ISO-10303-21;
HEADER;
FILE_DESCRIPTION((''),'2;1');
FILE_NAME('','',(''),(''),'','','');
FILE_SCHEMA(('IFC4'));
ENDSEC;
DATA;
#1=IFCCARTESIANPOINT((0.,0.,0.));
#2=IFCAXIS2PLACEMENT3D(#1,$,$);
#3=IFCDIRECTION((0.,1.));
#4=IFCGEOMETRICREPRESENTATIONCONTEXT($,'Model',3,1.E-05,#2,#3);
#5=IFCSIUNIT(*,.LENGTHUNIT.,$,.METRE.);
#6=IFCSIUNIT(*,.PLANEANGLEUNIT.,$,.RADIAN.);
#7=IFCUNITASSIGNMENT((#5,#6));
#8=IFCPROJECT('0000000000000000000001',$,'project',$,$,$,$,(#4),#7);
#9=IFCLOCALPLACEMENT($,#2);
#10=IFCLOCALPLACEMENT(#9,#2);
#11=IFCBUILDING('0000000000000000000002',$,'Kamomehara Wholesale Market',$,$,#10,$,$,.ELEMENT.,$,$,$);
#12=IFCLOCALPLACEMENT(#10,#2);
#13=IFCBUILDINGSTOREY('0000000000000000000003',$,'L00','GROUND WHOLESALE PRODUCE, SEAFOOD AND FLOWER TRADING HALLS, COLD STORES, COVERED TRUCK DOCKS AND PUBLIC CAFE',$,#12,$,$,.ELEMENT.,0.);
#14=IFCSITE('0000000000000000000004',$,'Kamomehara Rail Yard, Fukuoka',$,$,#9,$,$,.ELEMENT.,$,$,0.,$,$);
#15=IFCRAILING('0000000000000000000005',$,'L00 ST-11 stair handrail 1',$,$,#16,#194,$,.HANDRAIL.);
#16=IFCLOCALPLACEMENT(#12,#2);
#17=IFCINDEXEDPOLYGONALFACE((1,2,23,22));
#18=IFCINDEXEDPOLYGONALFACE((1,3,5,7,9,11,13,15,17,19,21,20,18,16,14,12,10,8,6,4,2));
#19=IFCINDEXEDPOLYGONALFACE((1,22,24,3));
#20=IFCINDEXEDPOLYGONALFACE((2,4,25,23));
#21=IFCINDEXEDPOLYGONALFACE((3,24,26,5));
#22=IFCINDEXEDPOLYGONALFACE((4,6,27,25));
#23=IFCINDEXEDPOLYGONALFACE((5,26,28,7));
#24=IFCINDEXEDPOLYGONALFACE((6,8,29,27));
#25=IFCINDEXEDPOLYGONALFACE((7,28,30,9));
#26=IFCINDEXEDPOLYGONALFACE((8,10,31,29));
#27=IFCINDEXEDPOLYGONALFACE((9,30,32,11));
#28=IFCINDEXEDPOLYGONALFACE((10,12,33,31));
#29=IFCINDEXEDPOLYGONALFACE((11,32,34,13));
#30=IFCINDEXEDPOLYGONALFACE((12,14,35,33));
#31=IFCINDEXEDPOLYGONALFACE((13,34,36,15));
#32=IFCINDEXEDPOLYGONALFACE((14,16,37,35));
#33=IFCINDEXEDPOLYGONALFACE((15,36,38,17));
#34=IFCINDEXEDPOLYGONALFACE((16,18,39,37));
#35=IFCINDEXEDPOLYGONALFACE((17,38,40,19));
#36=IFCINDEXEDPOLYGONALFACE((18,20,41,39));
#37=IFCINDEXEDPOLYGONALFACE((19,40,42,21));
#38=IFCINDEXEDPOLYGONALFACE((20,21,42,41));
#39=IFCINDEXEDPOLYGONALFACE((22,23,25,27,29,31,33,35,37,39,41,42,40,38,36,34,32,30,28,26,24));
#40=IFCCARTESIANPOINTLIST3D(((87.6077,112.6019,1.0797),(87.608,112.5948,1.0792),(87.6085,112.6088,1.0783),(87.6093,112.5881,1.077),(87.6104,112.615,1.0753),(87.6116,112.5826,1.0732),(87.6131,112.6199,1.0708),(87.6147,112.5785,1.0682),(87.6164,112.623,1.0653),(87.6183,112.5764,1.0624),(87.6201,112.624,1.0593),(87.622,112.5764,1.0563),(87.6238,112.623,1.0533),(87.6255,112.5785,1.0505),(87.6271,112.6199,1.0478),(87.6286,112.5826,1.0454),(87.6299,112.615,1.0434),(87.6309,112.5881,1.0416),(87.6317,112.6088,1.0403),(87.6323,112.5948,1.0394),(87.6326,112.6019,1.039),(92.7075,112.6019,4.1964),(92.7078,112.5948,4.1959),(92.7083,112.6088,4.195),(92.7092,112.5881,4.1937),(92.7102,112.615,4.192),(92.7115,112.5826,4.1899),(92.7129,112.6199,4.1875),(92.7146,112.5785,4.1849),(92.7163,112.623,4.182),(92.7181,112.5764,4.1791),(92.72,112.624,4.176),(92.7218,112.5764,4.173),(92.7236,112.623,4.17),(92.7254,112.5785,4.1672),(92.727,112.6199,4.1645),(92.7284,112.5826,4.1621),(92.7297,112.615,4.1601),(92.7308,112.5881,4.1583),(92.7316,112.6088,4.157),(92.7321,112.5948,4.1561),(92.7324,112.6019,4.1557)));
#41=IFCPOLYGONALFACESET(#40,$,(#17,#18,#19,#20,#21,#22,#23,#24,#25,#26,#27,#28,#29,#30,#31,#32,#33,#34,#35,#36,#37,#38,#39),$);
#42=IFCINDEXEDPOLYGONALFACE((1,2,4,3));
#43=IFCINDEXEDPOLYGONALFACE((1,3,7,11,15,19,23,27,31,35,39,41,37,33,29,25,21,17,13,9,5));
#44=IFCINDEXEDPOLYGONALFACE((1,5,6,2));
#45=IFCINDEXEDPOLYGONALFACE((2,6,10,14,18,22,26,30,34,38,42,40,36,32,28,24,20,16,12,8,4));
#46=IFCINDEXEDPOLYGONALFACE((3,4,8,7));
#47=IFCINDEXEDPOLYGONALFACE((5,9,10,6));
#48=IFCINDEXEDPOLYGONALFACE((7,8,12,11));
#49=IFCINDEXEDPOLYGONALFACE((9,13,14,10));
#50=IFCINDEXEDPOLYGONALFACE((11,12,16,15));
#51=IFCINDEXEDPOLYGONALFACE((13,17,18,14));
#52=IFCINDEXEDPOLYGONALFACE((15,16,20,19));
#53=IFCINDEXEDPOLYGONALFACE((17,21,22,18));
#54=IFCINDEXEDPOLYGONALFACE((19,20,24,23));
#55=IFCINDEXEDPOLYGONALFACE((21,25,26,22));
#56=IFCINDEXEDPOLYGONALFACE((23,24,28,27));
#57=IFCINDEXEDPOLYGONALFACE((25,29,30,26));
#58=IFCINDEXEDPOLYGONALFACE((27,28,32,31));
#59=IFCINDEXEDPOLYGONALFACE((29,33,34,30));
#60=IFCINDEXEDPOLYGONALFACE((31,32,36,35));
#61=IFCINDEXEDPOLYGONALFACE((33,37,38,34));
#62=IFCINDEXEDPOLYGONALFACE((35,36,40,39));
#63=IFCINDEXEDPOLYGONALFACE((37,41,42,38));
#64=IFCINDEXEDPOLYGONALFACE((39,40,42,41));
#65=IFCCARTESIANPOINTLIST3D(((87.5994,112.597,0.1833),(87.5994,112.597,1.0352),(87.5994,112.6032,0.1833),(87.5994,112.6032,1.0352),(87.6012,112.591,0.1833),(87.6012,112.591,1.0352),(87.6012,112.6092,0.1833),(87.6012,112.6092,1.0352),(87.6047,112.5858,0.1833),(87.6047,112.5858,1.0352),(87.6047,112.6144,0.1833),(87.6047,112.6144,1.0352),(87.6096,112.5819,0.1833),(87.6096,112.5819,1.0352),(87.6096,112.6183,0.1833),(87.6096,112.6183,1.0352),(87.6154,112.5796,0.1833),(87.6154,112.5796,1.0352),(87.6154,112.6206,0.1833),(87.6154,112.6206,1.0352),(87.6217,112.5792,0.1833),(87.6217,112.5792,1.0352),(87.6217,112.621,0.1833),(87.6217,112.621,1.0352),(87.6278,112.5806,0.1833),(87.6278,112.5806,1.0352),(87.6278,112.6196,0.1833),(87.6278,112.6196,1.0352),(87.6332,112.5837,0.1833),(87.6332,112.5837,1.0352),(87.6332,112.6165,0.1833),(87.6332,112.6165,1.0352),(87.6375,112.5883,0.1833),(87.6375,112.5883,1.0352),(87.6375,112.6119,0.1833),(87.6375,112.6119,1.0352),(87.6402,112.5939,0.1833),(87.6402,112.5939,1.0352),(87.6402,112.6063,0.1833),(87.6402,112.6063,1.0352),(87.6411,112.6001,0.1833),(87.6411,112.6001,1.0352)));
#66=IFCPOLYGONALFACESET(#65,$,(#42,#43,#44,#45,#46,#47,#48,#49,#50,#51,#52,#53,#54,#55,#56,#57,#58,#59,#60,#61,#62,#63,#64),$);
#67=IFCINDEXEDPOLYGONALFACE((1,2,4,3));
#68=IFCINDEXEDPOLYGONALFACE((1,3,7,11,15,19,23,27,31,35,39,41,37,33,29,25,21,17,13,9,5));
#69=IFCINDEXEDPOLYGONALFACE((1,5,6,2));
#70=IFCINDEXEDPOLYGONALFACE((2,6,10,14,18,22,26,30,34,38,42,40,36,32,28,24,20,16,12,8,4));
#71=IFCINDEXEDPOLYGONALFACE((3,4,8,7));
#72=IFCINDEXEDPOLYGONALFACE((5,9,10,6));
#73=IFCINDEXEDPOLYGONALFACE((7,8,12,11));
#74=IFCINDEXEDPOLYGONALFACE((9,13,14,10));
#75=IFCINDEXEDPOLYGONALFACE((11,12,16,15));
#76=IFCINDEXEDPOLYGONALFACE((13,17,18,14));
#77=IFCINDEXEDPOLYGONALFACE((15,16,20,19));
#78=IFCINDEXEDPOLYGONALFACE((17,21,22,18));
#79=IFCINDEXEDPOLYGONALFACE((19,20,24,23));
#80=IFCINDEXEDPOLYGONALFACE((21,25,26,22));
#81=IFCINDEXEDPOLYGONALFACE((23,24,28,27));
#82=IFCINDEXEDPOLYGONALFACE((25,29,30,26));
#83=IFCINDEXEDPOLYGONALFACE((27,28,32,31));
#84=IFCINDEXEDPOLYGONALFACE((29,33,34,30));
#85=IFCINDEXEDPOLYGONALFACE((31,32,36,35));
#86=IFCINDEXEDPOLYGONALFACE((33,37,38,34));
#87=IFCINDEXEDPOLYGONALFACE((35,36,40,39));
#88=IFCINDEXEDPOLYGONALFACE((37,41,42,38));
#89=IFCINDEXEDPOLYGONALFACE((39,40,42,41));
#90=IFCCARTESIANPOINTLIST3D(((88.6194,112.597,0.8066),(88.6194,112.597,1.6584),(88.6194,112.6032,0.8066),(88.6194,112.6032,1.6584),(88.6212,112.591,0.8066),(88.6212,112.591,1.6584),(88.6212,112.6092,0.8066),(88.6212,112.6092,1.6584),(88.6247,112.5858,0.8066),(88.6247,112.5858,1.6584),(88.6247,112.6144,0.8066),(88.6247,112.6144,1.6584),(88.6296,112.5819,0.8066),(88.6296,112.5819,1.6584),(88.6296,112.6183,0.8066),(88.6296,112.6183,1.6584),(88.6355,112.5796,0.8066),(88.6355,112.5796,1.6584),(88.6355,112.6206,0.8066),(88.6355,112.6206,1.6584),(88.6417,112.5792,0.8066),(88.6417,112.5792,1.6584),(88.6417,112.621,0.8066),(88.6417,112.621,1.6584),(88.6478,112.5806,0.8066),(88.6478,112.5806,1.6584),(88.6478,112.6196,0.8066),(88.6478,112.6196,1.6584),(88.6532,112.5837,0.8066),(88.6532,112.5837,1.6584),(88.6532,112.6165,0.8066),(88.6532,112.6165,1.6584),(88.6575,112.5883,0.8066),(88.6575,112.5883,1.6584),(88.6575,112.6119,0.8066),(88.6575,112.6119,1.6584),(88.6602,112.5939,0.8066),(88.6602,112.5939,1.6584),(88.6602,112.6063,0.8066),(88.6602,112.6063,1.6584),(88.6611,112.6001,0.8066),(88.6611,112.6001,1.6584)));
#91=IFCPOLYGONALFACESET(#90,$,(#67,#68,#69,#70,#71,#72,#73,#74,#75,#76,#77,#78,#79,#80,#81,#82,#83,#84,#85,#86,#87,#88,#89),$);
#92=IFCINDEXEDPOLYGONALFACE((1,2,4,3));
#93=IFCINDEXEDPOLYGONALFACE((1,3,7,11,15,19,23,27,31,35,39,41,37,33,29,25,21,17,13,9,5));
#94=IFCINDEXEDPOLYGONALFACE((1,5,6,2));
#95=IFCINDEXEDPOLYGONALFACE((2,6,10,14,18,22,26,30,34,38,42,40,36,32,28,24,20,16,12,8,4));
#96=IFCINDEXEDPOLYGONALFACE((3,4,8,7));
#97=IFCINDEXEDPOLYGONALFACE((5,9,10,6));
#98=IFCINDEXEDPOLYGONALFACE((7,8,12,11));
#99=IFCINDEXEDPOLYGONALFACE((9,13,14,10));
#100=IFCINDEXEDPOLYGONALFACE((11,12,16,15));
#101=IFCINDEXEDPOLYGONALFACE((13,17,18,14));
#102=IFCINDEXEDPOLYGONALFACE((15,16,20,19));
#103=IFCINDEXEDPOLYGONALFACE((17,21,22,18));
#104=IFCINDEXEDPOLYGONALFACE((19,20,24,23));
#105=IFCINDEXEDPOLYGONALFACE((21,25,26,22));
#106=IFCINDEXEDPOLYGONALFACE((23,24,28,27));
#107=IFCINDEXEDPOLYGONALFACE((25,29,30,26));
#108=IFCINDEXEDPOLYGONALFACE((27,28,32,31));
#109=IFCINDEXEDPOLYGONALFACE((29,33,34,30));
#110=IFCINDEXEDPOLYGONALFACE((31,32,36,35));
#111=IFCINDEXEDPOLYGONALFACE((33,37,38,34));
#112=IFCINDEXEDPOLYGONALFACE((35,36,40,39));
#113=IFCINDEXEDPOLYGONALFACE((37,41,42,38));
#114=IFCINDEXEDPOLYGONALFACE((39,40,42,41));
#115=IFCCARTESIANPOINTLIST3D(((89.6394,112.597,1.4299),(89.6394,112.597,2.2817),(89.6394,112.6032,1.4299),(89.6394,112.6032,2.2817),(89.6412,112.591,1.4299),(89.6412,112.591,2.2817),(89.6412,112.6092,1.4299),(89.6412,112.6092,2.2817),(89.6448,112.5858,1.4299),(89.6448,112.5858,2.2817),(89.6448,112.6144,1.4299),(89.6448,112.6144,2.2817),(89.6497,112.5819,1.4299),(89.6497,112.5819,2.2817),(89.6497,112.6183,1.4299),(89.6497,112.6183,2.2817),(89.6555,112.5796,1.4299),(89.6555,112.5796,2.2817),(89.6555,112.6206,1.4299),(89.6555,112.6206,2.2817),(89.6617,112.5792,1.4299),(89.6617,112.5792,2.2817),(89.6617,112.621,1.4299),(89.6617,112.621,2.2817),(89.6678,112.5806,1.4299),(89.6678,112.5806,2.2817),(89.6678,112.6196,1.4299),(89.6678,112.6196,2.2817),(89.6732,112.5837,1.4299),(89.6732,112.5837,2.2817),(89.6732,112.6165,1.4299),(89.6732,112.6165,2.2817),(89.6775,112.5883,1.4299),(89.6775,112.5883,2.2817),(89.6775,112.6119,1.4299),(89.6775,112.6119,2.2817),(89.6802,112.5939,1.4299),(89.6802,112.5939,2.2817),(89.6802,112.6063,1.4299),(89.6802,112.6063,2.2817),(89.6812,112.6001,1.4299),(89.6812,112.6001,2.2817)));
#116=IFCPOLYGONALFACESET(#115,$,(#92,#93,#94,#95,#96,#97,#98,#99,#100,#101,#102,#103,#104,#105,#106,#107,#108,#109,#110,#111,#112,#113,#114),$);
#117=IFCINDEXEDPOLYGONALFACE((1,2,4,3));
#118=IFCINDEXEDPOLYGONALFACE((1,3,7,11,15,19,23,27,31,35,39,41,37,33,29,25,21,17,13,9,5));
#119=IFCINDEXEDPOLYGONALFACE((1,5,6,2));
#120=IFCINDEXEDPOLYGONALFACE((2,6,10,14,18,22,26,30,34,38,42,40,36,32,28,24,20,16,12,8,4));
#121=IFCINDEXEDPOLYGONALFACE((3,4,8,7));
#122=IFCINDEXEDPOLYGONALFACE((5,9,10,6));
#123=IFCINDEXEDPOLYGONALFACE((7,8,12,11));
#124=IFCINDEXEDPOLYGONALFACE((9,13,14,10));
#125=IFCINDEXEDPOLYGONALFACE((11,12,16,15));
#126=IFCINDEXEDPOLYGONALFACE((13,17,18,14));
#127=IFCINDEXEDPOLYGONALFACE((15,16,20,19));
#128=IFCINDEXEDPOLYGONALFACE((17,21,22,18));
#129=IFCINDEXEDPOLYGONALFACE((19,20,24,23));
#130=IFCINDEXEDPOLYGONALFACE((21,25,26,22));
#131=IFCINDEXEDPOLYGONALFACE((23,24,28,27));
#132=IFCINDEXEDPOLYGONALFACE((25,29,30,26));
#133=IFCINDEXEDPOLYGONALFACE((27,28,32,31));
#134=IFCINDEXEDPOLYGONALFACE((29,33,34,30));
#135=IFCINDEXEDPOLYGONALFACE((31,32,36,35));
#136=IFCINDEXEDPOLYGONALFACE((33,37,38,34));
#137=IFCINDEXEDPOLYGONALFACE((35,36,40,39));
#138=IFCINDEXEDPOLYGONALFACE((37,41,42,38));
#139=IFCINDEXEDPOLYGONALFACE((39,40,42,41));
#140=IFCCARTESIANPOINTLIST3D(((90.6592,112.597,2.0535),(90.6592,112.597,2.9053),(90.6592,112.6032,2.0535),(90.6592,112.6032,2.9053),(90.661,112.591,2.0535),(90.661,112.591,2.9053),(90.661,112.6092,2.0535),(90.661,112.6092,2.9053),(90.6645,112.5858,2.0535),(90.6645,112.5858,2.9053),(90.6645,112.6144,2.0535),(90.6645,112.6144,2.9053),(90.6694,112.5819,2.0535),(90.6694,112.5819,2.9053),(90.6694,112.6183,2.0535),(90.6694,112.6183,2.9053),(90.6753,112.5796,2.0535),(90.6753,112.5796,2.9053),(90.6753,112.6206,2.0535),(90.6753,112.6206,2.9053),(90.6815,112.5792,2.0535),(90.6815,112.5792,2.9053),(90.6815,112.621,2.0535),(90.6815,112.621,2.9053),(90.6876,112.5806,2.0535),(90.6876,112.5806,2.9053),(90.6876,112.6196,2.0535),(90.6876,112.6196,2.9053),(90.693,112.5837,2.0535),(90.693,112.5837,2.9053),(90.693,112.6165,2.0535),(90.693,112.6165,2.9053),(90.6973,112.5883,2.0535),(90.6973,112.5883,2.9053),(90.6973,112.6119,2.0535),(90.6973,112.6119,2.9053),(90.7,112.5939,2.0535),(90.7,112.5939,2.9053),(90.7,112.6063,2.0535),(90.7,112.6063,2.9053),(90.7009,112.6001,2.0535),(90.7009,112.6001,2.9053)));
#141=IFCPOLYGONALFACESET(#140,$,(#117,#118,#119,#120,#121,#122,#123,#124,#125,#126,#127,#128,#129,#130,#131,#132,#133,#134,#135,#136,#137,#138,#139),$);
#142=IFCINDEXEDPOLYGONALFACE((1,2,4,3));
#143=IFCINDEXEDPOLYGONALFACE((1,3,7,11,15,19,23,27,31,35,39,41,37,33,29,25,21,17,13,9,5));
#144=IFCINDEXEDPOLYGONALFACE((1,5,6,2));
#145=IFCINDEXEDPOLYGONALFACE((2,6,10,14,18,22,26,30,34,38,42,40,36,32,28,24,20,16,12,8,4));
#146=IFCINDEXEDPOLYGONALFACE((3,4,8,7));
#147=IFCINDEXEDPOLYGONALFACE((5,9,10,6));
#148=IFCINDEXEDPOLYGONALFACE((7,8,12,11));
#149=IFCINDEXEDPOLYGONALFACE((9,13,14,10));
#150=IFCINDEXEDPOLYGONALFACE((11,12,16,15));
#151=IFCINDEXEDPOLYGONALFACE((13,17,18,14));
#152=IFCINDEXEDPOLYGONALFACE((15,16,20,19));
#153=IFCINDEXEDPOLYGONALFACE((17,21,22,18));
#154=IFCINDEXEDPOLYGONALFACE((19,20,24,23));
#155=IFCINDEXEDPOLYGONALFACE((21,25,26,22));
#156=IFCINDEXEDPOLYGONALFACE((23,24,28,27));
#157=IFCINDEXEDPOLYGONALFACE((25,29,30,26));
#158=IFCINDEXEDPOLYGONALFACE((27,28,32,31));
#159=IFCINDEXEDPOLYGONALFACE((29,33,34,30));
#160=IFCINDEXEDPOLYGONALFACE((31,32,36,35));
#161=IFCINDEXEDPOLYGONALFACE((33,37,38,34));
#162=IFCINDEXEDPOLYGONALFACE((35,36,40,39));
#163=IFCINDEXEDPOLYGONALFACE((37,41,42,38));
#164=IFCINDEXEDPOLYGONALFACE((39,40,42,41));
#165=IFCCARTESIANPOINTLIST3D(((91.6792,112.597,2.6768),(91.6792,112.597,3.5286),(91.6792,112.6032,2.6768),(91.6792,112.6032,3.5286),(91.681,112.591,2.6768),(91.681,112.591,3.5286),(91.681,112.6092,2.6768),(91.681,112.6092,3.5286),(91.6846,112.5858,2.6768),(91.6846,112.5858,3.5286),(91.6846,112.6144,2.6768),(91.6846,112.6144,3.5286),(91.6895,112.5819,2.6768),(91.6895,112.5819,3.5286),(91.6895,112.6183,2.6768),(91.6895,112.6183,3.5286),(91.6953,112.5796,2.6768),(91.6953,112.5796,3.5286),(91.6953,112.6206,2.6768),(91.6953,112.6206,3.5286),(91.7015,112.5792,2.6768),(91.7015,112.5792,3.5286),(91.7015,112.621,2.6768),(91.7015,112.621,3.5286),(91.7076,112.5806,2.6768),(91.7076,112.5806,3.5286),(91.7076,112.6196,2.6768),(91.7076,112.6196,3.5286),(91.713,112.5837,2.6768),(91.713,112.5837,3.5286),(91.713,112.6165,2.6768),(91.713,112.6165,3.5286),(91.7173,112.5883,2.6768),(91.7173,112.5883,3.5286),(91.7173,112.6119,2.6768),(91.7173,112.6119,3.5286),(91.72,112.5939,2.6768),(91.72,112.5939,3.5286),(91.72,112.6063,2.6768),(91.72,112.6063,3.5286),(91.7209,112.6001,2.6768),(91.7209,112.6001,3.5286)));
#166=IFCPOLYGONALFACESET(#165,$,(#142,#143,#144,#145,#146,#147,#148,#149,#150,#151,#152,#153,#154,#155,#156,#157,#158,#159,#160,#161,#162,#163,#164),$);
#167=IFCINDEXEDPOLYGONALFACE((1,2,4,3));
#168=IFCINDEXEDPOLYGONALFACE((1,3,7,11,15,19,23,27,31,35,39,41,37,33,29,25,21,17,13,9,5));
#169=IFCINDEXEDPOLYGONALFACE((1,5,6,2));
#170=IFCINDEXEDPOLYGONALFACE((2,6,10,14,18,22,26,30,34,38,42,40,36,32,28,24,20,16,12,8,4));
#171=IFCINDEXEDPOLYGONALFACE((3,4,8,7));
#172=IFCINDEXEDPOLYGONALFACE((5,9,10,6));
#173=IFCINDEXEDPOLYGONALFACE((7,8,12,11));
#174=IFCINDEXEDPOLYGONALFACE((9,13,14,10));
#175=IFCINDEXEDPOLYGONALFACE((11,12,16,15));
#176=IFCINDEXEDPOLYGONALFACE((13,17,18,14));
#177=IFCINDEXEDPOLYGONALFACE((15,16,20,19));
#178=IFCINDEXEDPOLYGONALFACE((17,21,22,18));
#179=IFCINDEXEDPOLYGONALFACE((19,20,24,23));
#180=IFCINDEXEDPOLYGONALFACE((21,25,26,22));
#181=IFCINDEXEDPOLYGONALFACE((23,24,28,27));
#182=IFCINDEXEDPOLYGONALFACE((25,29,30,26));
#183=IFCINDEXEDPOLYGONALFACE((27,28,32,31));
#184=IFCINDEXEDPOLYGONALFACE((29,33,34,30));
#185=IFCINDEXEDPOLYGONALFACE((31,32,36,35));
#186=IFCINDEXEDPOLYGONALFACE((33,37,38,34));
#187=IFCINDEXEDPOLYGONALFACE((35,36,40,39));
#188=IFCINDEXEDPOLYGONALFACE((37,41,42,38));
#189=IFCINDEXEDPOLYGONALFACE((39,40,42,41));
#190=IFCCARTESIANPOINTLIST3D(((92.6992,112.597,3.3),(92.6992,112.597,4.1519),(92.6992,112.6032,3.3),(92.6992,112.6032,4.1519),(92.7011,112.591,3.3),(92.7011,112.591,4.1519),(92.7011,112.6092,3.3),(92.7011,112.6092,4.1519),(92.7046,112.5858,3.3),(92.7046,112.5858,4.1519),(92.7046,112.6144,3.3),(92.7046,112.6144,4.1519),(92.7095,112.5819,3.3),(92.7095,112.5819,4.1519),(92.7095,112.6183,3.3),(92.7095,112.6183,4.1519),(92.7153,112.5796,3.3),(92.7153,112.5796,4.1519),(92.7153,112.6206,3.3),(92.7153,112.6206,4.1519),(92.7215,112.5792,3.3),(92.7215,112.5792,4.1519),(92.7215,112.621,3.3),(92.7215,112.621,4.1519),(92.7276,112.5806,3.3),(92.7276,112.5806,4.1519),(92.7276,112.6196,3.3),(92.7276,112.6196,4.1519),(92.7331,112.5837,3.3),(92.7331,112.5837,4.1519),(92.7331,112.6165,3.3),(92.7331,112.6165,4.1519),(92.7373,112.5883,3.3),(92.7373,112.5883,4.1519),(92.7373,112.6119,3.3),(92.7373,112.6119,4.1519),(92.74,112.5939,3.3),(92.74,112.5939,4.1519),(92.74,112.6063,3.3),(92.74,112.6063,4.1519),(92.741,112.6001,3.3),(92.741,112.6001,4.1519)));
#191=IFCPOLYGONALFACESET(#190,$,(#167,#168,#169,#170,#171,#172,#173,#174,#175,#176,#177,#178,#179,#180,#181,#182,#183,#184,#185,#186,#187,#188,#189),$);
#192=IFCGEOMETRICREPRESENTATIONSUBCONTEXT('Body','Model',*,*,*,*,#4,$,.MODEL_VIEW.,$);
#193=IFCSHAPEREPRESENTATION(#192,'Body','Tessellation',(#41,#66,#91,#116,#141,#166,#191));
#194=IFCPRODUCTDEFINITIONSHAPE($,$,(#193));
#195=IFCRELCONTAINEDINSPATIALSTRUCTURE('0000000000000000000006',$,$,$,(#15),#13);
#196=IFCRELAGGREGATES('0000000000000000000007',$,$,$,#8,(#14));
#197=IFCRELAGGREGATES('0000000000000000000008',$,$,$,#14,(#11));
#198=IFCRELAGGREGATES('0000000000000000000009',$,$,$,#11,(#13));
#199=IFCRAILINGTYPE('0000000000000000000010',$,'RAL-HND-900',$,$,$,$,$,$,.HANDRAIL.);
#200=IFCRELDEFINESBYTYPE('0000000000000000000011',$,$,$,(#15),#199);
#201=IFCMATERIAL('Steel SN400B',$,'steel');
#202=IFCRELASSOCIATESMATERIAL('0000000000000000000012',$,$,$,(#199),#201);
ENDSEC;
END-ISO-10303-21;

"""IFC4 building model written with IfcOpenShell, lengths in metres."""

from ifc_helpers import new_model, si_unit, direction, frame, origin, origin_2d, place, context, subcontext, project, spatial, circle, extrude, material, type_object, element, save


model = new_model("IFC4")

# Units and contexts
model_context = context("Model", 3, precision=1e-05, world=origin(), true_north=direction((0.0, 1.0)))
body_context = subcontext(model_context, "Body", "Model", "MODEL_VIEW")
ifc_project = project(units=[si_unit("LENGTHUNIT", "METRE"), si_unit("PLANEANGLEUNIT", "RADIAN")], contexts=[model_context])

# Site, building, storey
site_placement = place(None, origin())
site = spatial("IfcSite", under=ifc_project, at=site_placement, Name="Kamomehara Rail Yard, Fukuoka", CompositionType="ELEMENT", RefElevation=0.0)
building_placement = place(site_placement, origin())
building = spatial("IfcBuilding", under=site, at=building_placement, Name="Kamomehara Wholesale Market", CompositionType="ELEMENT")
storey_placement = place(building_placement, origin())
storey = spatial("IfcBuildingStorey", under=building, at=storey_placement, Name="L00", Description="GROUND WHOLESALE PRODUCE, SEAFOOD AND FLOWER TRADING HALLS, COLD STORES, COVERED TRUCK DOCKS AND PUBLIC CAFE", CompositionType="ELEMENT", Elevation=0.0)

# Railing
ifc_material_1 = material(Name="Steel SN400B", Category="steel")
railing_type_1 = type_object("IfcRailingType", Name="RAL-HND-900", PredefinedType="HANDRAIL", material=ifc_material_1)
railing_1_placement = place(storey_placement, frame((87.6201, 112.6001, 0.1833)))
element("IfcRailing", 1, at=railing_1_placement, inside=storey, type_object=railing_type_1, Name="L00 ST-11 stair handrail 1", PredefinedType="HANDRAIL", context=body_context, shape_type="SweptSolid", body=[
    extrude(circle(Radius=0.0239, at=origin_2d()), frame((0.0, 0.0, 0.876), z_axis=(0.853273, 0.0, 0.521465), x_axis=(0.0, 1.0, 0.0)), (0.0, 0.0, 1.0), 5.9768),
    extrude(circle(Radius=0.021, at=origin_2d()), origin(), (0.0, 0.0, 1.0), 0.8518),
    extrude(circle(Radius=0.021, at=origin_2d()), frame((1.02, 0.0, 0.6233)), (0.0, 0.0, 1.0), 0.8518),
    extrude(circle(Radius=0.021, at=origin_2d()), frame((2.04, 0.0, 1.2466)), (0.0, 0.0, 1.0), 0.8518),
    extrude(circle(Radius=0.021, at=origin_2d()), frame((3.0598, 0.0, 1.8701)), (0.0, 0.0, 1.0), 0.8518),
    extrude(circle(Radius=0.021, at=origin_2d()), frame((4.0798, 0.0, 2.4934)), (0.0, 0.0, 1.0), 0.8518),
    extrude(circle(Radius=0.021, at=origin_2d()), frame((5.0999, 0.0, 3.1167)), (0.0, 0.0, 1.0), 0.8518),
])

save(model, "model.ifc")
